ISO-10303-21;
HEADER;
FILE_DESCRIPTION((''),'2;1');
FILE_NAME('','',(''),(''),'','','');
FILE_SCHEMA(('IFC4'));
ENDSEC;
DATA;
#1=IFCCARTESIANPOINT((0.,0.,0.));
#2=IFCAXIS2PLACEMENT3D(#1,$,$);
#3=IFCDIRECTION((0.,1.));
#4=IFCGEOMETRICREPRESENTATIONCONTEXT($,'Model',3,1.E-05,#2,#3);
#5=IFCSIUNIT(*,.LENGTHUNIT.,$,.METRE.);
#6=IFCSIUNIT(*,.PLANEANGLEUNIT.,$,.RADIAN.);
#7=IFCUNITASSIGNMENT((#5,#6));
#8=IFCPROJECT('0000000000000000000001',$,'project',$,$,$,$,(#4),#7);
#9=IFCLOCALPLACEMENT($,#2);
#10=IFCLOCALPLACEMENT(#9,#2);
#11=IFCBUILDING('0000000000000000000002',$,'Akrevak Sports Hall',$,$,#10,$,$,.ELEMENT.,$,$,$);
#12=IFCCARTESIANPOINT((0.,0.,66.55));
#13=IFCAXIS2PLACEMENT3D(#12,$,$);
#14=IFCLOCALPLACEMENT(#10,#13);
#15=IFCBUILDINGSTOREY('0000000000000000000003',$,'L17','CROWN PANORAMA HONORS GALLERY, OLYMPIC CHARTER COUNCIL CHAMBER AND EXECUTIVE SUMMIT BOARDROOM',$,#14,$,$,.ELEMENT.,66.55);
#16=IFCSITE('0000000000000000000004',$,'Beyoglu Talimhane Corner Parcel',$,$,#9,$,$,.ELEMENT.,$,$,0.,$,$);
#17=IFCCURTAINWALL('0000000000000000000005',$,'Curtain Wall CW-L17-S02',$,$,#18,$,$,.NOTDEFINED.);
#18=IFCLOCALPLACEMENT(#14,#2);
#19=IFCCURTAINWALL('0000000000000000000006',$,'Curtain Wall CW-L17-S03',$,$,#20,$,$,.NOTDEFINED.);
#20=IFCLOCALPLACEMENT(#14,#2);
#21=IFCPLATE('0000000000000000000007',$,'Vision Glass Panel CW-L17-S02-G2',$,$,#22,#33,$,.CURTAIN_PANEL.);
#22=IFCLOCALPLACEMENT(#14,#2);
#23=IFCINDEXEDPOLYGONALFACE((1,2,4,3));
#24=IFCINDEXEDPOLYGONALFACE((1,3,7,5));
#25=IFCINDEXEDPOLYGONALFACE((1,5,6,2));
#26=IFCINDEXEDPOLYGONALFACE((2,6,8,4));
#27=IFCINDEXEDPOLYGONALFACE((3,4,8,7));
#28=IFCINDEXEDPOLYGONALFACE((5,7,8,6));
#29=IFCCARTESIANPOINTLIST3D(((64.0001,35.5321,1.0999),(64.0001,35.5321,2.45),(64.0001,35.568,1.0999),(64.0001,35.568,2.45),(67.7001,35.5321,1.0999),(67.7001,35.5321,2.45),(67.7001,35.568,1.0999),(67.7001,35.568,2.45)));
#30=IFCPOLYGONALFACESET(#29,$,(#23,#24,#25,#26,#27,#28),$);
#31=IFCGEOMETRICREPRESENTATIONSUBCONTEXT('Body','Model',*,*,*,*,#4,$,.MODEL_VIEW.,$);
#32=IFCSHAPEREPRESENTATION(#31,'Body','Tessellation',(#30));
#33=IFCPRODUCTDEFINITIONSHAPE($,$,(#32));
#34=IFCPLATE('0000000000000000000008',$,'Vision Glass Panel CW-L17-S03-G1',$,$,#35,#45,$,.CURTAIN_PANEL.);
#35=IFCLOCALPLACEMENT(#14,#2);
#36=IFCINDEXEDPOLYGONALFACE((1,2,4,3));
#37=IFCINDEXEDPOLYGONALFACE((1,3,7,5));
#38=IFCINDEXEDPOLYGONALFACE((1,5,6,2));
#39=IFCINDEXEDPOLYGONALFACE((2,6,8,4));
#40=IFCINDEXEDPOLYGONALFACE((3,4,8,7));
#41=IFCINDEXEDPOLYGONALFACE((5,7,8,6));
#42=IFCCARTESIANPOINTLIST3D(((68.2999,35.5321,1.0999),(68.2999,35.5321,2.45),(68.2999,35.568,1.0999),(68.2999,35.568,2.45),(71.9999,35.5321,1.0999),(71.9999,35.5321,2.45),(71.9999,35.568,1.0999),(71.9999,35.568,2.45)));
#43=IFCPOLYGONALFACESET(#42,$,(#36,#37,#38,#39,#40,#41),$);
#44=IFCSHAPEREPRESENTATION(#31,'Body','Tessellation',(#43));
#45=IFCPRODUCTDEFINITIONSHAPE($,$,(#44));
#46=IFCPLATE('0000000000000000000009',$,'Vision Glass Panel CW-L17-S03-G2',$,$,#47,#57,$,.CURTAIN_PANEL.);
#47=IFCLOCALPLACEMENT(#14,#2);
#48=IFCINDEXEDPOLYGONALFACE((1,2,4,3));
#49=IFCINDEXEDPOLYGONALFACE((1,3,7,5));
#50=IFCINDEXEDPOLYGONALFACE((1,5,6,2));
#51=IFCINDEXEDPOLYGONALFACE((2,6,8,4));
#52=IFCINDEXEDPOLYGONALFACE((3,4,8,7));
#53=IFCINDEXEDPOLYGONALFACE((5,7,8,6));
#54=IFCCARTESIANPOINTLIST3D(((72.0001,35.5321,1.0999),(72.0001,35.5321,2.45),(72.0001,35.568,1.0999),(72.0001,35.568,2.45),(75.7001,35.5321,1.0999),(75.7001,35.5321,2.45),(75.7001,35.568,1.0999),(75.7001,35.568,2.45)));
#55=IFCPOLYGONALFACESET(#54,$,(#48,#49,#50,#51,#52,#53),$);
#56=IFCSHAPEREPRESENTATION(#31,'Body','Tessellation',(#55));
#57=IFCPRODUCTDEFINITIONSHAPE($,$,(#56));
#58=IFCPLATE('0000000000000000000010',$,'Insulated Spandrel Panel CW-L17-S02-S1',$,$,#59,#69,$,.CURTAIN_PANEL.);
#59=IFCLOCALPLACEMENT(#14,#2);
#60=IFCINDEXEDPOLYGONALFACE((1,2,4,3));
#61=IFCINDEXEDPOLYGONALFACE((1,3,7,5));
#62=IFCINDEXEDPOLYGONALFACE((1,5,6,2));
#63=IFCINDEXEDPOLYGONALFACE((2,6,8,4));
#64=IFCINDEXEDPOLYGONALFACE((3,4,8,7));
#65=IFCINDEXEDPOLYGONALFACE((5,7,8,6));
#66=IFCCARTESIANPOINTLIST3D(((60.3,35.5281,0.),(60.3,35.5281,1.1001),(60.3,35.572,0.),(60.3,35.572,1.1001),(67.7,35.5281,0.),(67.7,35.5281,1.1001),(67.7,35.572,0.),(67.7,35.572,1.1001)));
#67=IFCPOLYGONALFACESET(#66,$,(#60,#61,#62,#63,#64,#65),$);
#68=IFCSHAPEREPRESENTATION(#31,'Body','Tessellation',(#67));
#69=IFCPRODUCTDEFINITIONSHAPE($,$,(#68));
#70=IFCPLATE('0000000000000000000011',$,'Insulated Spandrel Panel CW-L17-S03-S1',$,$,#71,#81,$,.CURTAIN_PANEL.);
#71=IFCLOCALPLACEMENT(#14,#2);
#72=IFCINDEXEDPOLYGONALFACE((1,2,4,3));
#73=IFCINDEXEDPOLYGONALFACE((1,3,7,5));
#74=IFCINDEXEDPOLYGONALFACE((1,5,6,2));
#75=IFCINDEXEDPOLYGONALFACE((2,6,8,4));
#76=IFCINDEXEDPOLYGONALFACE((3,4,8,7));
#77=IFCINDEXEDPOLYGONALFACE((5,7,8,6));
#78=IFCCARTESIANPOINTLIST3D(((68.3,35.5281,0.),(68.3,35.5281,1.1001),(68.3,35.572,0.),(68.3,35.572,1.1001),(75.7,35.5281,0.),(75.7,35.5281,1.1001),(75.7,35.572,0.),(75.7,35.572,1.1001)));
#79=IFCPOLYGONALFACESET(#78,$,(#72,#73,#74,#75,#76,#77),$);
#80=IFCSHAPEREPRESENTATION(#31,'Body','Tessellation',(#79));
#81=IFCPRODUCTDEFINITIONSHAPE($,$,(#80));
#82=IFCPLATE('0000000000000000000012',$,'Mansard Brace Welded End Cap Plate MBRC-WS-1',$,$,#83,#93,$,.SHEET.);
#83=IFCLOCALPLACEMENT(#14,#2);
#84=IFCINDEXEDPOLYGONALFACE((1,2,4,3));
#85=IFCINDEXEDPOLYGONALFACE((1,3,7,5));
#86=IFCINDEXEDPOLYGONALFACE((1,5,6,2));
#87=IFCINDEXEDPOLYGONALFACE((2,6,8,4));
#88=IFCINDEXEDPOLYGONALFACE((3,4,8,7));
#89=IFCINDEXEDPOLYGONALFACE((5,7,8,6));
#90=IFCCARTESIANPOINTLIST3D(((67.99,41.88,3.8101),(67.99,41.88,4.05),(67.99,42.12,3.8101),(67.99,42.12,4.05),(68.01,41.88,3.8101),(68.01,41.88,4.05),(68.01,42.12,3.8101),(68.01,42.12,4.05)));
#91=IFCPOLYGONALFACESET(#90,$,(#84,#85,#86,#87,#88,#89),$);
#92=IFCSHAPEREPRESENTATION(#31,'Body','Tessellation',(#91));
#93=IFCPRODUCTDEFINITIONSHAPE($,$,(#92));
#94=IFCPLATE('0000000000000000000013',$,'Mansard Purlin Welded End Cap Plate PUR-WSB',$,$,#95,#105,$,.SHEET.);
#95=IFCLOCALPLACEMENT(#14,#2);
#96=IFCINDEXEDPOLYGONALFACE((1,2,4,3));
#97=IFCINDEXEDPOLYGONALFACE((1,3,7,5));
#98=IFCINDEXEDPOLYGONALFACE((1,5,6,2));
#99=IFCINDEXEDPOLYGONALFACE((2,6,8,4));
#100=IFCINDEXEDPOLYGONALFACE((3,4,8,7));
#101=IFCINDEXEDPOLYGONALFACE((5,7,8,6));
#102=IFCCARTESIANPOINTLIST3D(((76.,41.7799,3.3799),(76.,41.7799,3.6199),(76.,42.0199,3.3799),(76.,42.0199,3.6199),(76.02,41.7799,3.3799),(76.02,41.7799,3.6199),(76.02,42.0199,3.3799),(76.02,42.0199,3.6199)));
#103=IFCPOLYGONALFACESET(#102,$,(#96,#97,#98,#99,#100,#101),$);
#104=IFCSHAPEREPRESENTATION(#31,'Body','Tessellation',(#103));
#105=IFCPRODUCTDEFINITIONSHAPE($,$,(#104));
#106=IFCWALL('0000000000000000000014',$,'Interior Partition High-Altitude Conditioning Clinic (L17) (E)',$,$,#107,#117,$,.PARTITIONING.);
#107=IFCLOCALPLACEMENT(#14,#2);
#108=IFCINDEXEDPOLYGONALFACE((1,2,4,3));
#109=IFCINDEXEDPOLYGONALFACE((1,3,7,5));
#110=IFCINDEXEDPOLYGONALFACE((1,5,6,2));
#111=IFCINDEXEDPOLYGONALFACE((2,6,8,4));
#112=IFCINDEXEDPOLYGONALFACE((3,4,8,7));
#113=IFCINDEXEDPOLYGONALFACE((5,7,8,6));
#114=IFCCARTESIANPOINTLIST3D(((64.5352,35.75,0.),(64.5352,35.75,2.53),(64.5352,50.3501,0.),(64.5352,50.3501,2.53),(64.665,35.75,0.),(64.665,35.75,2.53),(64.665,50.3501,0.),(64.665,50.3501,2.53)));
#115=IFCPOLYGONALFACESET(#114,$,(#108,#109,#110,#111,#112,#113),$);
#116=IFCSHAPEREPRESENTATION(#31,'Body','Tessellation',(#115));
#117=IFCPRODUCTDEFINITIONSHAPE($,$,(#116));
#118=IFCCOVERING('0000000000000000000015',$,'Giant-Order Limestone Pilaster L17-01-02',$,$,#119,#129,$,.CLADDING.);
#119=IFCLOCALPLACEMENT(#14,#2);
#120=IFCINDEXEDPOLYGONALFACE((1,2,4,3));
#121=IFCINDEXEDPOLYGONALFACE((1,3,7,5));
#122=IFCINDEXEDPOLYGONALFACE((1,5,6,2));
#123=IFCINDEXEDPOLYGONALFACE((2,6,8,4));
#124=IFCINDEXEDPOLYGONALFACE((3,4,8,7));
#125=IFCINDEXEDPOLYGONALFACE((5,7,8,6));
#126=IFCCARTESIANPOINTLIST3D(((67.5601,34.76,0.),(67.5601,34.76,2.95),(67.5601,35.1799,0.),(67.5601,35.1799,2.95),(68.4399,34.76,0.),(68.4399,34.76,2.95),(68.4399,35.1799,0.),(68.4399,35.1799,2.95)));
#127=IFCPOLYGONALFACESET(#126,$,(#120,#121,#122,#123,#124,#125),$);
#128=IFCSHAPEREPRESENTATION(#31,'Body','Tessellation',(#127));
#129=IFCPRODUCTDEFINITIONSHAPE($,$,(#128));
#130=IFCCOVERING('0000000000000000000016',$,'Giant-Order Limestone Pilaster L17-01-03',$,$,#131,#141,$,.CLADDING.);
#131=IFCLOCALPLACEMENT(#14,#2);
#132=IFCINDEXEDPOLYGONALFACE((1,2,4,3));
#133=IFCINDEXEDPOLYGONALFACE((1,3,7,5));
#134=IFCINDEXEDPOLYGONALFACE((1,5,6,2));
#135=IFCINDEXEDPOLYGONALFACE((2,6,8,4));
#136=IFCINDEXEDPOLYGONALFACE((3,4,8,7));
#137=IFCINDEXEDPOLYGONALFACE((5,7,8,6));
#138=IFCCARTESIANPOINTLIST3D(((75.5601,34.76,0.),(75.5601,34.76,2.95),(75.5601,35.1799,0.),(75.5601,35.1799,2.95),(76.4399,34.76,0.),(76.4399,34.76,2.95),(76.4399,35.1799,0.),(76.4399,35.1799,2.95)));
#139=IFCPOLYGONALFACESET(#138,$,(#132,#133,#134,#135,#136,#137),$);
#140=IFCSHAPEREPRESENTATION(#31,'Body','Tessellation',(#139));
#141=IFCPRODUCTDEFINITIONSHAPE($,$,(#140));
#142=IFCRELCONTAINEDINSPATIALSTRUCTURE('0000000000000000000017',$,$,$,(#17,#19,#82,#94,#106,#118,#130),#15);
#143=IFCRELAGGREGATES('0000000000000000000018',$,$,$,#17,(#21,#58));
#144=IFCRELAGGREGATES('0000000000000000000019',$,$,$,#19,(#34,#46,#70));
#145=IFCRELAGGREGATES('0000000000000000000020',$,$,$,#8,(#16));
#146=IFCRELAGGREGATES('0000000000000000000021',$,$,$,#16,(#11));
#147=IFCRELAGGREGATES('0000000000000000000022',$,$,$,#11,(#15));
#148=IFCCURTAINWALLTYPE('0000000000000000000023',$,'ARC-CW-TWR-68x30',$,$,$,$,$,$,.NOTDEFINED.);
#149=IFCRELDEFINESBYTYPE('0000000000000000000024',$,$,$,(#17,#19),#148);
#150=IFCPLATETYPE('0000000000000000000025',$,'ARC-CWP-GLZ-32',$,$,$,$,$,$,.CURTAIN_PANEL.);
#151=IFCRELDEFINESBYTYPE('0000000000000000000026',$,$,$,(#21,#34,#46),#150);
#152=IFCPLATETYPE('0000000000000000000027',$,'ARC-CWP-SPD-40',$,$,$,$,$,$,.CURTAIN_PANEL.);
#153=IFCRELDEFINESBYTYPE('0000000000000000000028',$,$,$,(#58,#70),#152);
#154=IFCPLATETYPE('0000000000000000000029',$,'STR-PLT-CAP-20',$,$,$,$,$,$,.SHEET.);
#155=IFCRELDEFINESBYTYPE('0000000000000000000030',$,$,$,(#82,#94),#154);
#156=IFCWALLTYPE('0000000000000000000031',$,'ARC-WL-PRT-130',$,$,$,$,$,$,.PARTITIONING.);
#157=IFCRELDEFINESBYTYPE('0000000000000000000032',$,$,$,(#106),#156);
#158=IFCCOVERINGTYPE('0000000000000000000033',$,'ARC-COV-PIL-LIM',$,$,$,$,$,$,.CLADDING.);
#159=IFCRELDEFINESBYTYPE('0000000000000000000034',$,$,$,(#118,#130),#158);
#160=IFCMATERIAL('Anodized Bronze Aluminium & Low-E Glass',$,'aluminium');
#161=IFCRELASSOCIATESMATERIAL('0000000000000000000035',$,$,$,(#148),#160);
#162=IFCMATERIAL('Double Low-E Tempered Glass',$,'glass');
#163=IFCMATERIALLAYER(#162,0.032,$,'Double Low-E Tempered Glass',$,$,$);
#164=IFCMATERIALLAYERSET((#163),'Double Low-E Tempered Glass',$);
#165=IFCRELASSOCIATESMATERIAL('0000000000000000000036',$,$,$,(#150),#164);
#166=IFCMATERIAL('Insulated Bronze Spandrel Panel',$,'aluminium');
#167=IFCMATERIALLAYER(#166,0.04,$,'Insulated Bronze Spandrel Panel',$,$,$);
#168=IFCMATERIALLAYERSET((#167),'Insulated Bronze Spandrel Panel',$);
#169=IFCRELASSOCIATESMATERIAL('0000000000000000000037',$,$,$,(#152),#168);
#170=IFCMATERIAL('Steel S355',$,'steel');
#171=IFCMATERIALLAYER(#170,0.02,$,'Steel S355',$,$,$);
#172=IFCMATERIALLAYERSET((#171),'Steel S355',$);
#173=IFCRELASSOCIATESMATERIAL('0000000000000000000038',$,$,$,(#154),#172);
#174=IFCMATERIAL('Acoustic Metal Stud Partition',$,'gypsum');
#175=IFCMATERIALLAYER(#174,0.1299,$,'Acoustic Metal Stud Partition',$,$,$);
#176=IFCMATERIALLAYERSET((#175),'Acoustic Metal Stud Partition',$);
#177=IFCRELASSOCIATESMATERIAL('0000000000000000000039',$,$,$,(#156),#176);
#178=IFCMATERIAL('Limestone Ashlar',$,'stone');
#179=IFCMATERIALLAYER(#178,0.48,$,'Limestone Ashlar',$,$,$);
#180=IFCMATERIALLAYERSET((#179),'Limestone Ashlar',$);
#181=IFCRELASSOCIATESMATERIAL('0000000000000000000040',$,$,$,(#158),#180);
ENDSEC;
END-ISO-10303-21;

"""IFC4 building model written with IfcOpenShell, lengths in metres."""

from ifc_helpers import new_model, si_unit, direction, frame, frame_2d, origin, origin_2d, place, context, subcontext, project, spatial, rectangle, extrude, material, layer, layer_set, type_object, element, aggregate, save


model = new_model("IFC4")

# Units and contexts
model_context = context("Model", 3, precision=1e-05, world=origin(), true_north=direction((0.0, 1.0)))
body_context = subcontext(model_context, "Body", "Model", "MODEL_VIEW")
ifc_project = project(units=[si_unit("LENGTHUNIT", "METRE"), si_unit("PLANEANGLEUNIT", "RADIAN")], contexts=[model_context])

# Site, building, storey
site_placement = place(None, origin())
site = spatial("IfcSite", under=ifc_project, at=site_placement, Name="Beyoglu Talimhane Corner Parcel", CompositionType="ELEMENT", RefElevation=0.0)
building_placement = place(site_placement, origin())
building = spatial("IfcBuilding", under=site, at=building_placement, Name="Akrevak Sports Hall", CompositionType="ELEMENT")
storey_placement = place(building_placement, frame((0.0, 0.0, 66.55)))
storey = spatial("IfcBuildingStorey", under=building, at=storey_placement, Name="L17", Description="CROWN PANORAMA HONORS GALLERY, OLYMPIC CHARTER COUNCIL CHAMBER AND EXECUTIVE SUMMIT BOARDROOM", CompositionType="ELEMENT", Elevation=66.55)

# Curtain walls
ifc_material_1 = material(Name="Anodized Bronze Aluminium & Low-E Glass", Category="aluminium")
curtain_wall_type = type_object("IfcCurtainWallType", Name="ARC-CW-TWR-68x30", PredefinedType="NOTDEFINED", material=ifc_material_1)
curtain_wall_1_placement = place(storey_placement, origin())
curtain_wall_1 = element("IfcCurtainWall", 1, at=curtain_wall_1_placement, inside=storey, type_object=curtain_wall_type, Name="Curtain Wall CW-L17-S02", PredefinedType="NOTDEFINED")
curtain_wall_2_placement = place(storey_placement, origin())
curtain_wall_2 = element("IfcCurtainWall", 2, at=curtain_wall_2_placement, inside=storey, type_object=curtain_wall_type, Name="Curtain Wall CW-L17-S03", PredefinedType="NOTDEFINED")

# Shared definitions
ifc_material_2 = material(Name="Steel S355", Category="steel")

# Plates
ifc_material_3 = material(Name="Double Low-E Tempered Glass", Category="glass")
ifc_layer_1 = layer(ifc_material_3, 0.032, Name="Double Low-E Tempered Glass")
ifc_layer_set_1 = layer_set([ifc_layer_1], Name="Double Low-E Tempered Glass")
plate_type_1 = type_object("IfcPlateType", Name="ARC-CWP-GLZ-32", PredefinedType="CURTAIN_PANEL", material=ifc_layer_set_1)
plate_1_placement = place(storey_placement, frame((65.8501, 35.55, 1.0999), z_axis=(0.0, 0.0, 1.0), x_axis=(1.0, 0.0, 0.0)))
plate_1 = element("IfcPlate", 3, at=plate_1_placement, type_object=plate_type_1, Name="Vision Glass Panel CW-L17-S02-G2", PredefinedType="CURTAIN_PANEL", context=body_context, shape_type="SweptSolid", body=[
    extrude(rectangle(XDim=3.7, YDim=0.0359, at=origin_2d()), origin(), (0.0, 0.0, 1.0), 1.3501),
])
plate_2_placement = place(storey_placement, frame((70.1499, 35.55, 1.0999), z_axis=(0.0, 0.0, 1.0), x_axis=(1.0, 0.0, 0.0)))
plate_2 = element("IfcPlate", 4, at=plate_2_placement, type_object=plate_type_1, Name="Vision Glass Panel CW-L17-S03-G1", PredefinedType="CURTAIN_PANEL", context=body_context, shape_type="SweptSolid", body=[
    extrude(rectangle(XDim=3.7, YDim=0.0359, at=origin_2d()), origin(), (0.0, 0.0, 1.0), 1.3501),
])
plate_3_placement = place(storey_placement, frame((73.8501, 35.55, 1.0999), z_axis=(0.0, 0.0, 1.0), x_axis=(1.0, 0.0, 0.0)))
plate_3 = element("IfcPlate", 5, at=plate_3_placement, type_object=plate_type_1, Name="Vision Glass Panel CW-L17-S03-G2", PredefinedType="CURTAIN_PANEL", context=body_context, shape_type="SweptSolid", body=[
    extrude(rectangle(XDim=3.7, YDim=0.0359, at=origin_2d()), origin(), (0.0, 0.0, 1.0), 1.3501),
])
ifc_material_4 = material(Name="Insulated Bronze Spandrel Panel", Category="aluminium")
ifc_layer_2 = layer(ifc_material_4, 0.04, Name="Insulated Bronze Spandrel Panel")
ifc_layer_set_2 = layer_set([ifc_layer_2], Name="Insulated Bronze Spandrel Panel")
plate_type_2 = type_object("IfcPlateType", Name="ARC-CWP-SPD-40", PredefinedType="CURTAIN_PANEL", material=ifc_layer_set_2)
plate_4_placement = place(storey_placement, frame((64.0, 35.55, 0.0), z_axis=(0.0, 0.0, 1.0), x_axis=(1.0, 0.0, 0.0)))
plate_4 = element("IfcPlate", 6, at=plate_4_placement, type_object=plate_type_2, Name="Insulated Spandrel Panel CW-L17-S02-S1", PredefinedType="CURTAIN_PANEL", context=body_context, shape_type="SweptSolid", body=[
    extrude(rectangle(XDim=7.3999, YDim=0.0439, at=origin_2d()), origin(), (0.0, 0.0, 1.0), 1.1001),
])
aggregate(curtain_wall_1, [plate_1, plate_4])
plate_5_placement = place(storey_placement, frame((72.0, 35.55, 0.0), z_axis=(0.0, 0.0, 1.0), x_axis=(1.0, 0.0, 0.0)))
plate_5 = element("IfcPlate", 7, at=plate_5_placement, type_object=plate_type_2, Name="Insulated Spandrel Panel CW-L17-S03-S1", PredefinedType="CURTAIN_PANEL", context=body_context, shape_type="SweptSolid", body=[
    extrude(rectangle(XDim=7.3999, YDim=0.0439, at=origin_2d()), origin(), (0.0, 0.0, 1.0), 1.1001),
])
aggregate(curtain_wall_2, [plate_2, plate_3, plate_5])

# Plates
ifc_layer_3 = layer(ifc_material_2, 0.02, Name="Steel S355")
ifc_layer_set_3 = layer_set([ifc_layer_3], Name="Steel S355")
plate_type_3 = type_object("IfcPlateType", Name="STR-PLT-CAP-20", PredefinedType="SHEET", material=ifc_layer_set_3)
for number, where, z_axis, x_axis, name in (
    (8, (68.0, 42.0, 3.8101), (0.0, 0.0, 1.0), (1.0, 0.0, 0.0), "Mansard Brace Welded End Cap Plate MBRC-WS-1"),
    (9, (76.01, 41.8999, 3.3799), (0.0, 0.0, 1.0), (1.0, 0.0, 0.0), "Mansard Purlin Welded End Cap Plate PUR-WSB"),
):
    element("IfcPlate", number, at=place(storey_placement, frame(where, z_axis=z_axis, x_axis=x_axis)), inside=storey, type_object=plate_type_3, Name=name, PredefinedType="SHEET", context=body_context, shape_type="SweptSolid", body=[
        extrude(rectangle(XDim=0.02, YDim=0.24, at=origin_2d()), origin(), (0.0, 0.0, 1.0), 0.24),
    ])

# Wall
ifc_material_5 = material(Name="Acoustic Metal Stud Partition", Category="gypsum")
ifc_layer_4 = layer(ifc_material_5, 0.1299, Name="Acoustic Metal Stud Partition")
ifc_layer_set_4 = layer_set([ifc_layer_4], Name="Acoustic Metal Stud Partition")
wall_type = type_object("IfcWallType", Name="ARC-WL-PRT-130", PredefinedType="PARTITIONING", material=ifc_layer_set_4)
wall_placement = place(storey_placement, frame((64.6001, 35.75, 0.0), z_axis=(0.0, 0.0, 1.0), x_axis=(0.0, 1.0, 0.0)))
element("IfcWall", 10, at=wall_placement, inside=storey, type_object=wall_type, Name="Interior Partition High-Altitude Conditioning Clinic (L17) (E)", PredefinedType="PARTITIONING", context=body_context, shape_type="SweptSolid", body=[
    extrude(rectangle(XDim=14.6001, YDim=0.1299, at=frame_2d((7.3, 0.0))), origin(), (0.0, 0.0, 1.0), 2.53),
])

# Coverings
ifc_material_6 = material(Name="Limestone Ashlar", Category="stone")
ifc_layer_5 = layer(ifc_material_6, 0.48, Name="Limestone Ashlar")
ifc_layer_set_5 = layer_set([ifc_layer_5], Name="Limestone Ashlar")
covering_type = type_object("IfcCoveringType", Name="ARC-COV-PIL-LIM", PredefinedType="CLADDING", material=ifc_layer_set_5)
for number, where, z_axis, x_axis, name in (
    (11, (68.0, 34.97, 0.0), (0.0, 0.0, 1.0), (1.0, 0.0, 0.0), "Giant-Order Limestone Pilaster L17-01-02"),
    (12, (76.0, 34.97, 0.0), (0.0, 0.0, 1.0), (1.0, 0.0, 0.0), "Giant-Order Limestone Pilaster L17-01-03"),
):
    element("IfcCovering", number, at=place(storey_placement, frame(where, z_axis=z_axis, x_axis=x_axis)), inside=storey, type_object=covering_type, Name=name, PredefinedType="CLADDING", context=body_context, shape_type="SweptSolid", body=[
        extrude(rectangle(XDim=0.8799, YDim=0.4199, at=origin_2d()), origin(), (0.0, 0.0, 1.0), 2.95),
    ])

save(model, "model.ifc")
